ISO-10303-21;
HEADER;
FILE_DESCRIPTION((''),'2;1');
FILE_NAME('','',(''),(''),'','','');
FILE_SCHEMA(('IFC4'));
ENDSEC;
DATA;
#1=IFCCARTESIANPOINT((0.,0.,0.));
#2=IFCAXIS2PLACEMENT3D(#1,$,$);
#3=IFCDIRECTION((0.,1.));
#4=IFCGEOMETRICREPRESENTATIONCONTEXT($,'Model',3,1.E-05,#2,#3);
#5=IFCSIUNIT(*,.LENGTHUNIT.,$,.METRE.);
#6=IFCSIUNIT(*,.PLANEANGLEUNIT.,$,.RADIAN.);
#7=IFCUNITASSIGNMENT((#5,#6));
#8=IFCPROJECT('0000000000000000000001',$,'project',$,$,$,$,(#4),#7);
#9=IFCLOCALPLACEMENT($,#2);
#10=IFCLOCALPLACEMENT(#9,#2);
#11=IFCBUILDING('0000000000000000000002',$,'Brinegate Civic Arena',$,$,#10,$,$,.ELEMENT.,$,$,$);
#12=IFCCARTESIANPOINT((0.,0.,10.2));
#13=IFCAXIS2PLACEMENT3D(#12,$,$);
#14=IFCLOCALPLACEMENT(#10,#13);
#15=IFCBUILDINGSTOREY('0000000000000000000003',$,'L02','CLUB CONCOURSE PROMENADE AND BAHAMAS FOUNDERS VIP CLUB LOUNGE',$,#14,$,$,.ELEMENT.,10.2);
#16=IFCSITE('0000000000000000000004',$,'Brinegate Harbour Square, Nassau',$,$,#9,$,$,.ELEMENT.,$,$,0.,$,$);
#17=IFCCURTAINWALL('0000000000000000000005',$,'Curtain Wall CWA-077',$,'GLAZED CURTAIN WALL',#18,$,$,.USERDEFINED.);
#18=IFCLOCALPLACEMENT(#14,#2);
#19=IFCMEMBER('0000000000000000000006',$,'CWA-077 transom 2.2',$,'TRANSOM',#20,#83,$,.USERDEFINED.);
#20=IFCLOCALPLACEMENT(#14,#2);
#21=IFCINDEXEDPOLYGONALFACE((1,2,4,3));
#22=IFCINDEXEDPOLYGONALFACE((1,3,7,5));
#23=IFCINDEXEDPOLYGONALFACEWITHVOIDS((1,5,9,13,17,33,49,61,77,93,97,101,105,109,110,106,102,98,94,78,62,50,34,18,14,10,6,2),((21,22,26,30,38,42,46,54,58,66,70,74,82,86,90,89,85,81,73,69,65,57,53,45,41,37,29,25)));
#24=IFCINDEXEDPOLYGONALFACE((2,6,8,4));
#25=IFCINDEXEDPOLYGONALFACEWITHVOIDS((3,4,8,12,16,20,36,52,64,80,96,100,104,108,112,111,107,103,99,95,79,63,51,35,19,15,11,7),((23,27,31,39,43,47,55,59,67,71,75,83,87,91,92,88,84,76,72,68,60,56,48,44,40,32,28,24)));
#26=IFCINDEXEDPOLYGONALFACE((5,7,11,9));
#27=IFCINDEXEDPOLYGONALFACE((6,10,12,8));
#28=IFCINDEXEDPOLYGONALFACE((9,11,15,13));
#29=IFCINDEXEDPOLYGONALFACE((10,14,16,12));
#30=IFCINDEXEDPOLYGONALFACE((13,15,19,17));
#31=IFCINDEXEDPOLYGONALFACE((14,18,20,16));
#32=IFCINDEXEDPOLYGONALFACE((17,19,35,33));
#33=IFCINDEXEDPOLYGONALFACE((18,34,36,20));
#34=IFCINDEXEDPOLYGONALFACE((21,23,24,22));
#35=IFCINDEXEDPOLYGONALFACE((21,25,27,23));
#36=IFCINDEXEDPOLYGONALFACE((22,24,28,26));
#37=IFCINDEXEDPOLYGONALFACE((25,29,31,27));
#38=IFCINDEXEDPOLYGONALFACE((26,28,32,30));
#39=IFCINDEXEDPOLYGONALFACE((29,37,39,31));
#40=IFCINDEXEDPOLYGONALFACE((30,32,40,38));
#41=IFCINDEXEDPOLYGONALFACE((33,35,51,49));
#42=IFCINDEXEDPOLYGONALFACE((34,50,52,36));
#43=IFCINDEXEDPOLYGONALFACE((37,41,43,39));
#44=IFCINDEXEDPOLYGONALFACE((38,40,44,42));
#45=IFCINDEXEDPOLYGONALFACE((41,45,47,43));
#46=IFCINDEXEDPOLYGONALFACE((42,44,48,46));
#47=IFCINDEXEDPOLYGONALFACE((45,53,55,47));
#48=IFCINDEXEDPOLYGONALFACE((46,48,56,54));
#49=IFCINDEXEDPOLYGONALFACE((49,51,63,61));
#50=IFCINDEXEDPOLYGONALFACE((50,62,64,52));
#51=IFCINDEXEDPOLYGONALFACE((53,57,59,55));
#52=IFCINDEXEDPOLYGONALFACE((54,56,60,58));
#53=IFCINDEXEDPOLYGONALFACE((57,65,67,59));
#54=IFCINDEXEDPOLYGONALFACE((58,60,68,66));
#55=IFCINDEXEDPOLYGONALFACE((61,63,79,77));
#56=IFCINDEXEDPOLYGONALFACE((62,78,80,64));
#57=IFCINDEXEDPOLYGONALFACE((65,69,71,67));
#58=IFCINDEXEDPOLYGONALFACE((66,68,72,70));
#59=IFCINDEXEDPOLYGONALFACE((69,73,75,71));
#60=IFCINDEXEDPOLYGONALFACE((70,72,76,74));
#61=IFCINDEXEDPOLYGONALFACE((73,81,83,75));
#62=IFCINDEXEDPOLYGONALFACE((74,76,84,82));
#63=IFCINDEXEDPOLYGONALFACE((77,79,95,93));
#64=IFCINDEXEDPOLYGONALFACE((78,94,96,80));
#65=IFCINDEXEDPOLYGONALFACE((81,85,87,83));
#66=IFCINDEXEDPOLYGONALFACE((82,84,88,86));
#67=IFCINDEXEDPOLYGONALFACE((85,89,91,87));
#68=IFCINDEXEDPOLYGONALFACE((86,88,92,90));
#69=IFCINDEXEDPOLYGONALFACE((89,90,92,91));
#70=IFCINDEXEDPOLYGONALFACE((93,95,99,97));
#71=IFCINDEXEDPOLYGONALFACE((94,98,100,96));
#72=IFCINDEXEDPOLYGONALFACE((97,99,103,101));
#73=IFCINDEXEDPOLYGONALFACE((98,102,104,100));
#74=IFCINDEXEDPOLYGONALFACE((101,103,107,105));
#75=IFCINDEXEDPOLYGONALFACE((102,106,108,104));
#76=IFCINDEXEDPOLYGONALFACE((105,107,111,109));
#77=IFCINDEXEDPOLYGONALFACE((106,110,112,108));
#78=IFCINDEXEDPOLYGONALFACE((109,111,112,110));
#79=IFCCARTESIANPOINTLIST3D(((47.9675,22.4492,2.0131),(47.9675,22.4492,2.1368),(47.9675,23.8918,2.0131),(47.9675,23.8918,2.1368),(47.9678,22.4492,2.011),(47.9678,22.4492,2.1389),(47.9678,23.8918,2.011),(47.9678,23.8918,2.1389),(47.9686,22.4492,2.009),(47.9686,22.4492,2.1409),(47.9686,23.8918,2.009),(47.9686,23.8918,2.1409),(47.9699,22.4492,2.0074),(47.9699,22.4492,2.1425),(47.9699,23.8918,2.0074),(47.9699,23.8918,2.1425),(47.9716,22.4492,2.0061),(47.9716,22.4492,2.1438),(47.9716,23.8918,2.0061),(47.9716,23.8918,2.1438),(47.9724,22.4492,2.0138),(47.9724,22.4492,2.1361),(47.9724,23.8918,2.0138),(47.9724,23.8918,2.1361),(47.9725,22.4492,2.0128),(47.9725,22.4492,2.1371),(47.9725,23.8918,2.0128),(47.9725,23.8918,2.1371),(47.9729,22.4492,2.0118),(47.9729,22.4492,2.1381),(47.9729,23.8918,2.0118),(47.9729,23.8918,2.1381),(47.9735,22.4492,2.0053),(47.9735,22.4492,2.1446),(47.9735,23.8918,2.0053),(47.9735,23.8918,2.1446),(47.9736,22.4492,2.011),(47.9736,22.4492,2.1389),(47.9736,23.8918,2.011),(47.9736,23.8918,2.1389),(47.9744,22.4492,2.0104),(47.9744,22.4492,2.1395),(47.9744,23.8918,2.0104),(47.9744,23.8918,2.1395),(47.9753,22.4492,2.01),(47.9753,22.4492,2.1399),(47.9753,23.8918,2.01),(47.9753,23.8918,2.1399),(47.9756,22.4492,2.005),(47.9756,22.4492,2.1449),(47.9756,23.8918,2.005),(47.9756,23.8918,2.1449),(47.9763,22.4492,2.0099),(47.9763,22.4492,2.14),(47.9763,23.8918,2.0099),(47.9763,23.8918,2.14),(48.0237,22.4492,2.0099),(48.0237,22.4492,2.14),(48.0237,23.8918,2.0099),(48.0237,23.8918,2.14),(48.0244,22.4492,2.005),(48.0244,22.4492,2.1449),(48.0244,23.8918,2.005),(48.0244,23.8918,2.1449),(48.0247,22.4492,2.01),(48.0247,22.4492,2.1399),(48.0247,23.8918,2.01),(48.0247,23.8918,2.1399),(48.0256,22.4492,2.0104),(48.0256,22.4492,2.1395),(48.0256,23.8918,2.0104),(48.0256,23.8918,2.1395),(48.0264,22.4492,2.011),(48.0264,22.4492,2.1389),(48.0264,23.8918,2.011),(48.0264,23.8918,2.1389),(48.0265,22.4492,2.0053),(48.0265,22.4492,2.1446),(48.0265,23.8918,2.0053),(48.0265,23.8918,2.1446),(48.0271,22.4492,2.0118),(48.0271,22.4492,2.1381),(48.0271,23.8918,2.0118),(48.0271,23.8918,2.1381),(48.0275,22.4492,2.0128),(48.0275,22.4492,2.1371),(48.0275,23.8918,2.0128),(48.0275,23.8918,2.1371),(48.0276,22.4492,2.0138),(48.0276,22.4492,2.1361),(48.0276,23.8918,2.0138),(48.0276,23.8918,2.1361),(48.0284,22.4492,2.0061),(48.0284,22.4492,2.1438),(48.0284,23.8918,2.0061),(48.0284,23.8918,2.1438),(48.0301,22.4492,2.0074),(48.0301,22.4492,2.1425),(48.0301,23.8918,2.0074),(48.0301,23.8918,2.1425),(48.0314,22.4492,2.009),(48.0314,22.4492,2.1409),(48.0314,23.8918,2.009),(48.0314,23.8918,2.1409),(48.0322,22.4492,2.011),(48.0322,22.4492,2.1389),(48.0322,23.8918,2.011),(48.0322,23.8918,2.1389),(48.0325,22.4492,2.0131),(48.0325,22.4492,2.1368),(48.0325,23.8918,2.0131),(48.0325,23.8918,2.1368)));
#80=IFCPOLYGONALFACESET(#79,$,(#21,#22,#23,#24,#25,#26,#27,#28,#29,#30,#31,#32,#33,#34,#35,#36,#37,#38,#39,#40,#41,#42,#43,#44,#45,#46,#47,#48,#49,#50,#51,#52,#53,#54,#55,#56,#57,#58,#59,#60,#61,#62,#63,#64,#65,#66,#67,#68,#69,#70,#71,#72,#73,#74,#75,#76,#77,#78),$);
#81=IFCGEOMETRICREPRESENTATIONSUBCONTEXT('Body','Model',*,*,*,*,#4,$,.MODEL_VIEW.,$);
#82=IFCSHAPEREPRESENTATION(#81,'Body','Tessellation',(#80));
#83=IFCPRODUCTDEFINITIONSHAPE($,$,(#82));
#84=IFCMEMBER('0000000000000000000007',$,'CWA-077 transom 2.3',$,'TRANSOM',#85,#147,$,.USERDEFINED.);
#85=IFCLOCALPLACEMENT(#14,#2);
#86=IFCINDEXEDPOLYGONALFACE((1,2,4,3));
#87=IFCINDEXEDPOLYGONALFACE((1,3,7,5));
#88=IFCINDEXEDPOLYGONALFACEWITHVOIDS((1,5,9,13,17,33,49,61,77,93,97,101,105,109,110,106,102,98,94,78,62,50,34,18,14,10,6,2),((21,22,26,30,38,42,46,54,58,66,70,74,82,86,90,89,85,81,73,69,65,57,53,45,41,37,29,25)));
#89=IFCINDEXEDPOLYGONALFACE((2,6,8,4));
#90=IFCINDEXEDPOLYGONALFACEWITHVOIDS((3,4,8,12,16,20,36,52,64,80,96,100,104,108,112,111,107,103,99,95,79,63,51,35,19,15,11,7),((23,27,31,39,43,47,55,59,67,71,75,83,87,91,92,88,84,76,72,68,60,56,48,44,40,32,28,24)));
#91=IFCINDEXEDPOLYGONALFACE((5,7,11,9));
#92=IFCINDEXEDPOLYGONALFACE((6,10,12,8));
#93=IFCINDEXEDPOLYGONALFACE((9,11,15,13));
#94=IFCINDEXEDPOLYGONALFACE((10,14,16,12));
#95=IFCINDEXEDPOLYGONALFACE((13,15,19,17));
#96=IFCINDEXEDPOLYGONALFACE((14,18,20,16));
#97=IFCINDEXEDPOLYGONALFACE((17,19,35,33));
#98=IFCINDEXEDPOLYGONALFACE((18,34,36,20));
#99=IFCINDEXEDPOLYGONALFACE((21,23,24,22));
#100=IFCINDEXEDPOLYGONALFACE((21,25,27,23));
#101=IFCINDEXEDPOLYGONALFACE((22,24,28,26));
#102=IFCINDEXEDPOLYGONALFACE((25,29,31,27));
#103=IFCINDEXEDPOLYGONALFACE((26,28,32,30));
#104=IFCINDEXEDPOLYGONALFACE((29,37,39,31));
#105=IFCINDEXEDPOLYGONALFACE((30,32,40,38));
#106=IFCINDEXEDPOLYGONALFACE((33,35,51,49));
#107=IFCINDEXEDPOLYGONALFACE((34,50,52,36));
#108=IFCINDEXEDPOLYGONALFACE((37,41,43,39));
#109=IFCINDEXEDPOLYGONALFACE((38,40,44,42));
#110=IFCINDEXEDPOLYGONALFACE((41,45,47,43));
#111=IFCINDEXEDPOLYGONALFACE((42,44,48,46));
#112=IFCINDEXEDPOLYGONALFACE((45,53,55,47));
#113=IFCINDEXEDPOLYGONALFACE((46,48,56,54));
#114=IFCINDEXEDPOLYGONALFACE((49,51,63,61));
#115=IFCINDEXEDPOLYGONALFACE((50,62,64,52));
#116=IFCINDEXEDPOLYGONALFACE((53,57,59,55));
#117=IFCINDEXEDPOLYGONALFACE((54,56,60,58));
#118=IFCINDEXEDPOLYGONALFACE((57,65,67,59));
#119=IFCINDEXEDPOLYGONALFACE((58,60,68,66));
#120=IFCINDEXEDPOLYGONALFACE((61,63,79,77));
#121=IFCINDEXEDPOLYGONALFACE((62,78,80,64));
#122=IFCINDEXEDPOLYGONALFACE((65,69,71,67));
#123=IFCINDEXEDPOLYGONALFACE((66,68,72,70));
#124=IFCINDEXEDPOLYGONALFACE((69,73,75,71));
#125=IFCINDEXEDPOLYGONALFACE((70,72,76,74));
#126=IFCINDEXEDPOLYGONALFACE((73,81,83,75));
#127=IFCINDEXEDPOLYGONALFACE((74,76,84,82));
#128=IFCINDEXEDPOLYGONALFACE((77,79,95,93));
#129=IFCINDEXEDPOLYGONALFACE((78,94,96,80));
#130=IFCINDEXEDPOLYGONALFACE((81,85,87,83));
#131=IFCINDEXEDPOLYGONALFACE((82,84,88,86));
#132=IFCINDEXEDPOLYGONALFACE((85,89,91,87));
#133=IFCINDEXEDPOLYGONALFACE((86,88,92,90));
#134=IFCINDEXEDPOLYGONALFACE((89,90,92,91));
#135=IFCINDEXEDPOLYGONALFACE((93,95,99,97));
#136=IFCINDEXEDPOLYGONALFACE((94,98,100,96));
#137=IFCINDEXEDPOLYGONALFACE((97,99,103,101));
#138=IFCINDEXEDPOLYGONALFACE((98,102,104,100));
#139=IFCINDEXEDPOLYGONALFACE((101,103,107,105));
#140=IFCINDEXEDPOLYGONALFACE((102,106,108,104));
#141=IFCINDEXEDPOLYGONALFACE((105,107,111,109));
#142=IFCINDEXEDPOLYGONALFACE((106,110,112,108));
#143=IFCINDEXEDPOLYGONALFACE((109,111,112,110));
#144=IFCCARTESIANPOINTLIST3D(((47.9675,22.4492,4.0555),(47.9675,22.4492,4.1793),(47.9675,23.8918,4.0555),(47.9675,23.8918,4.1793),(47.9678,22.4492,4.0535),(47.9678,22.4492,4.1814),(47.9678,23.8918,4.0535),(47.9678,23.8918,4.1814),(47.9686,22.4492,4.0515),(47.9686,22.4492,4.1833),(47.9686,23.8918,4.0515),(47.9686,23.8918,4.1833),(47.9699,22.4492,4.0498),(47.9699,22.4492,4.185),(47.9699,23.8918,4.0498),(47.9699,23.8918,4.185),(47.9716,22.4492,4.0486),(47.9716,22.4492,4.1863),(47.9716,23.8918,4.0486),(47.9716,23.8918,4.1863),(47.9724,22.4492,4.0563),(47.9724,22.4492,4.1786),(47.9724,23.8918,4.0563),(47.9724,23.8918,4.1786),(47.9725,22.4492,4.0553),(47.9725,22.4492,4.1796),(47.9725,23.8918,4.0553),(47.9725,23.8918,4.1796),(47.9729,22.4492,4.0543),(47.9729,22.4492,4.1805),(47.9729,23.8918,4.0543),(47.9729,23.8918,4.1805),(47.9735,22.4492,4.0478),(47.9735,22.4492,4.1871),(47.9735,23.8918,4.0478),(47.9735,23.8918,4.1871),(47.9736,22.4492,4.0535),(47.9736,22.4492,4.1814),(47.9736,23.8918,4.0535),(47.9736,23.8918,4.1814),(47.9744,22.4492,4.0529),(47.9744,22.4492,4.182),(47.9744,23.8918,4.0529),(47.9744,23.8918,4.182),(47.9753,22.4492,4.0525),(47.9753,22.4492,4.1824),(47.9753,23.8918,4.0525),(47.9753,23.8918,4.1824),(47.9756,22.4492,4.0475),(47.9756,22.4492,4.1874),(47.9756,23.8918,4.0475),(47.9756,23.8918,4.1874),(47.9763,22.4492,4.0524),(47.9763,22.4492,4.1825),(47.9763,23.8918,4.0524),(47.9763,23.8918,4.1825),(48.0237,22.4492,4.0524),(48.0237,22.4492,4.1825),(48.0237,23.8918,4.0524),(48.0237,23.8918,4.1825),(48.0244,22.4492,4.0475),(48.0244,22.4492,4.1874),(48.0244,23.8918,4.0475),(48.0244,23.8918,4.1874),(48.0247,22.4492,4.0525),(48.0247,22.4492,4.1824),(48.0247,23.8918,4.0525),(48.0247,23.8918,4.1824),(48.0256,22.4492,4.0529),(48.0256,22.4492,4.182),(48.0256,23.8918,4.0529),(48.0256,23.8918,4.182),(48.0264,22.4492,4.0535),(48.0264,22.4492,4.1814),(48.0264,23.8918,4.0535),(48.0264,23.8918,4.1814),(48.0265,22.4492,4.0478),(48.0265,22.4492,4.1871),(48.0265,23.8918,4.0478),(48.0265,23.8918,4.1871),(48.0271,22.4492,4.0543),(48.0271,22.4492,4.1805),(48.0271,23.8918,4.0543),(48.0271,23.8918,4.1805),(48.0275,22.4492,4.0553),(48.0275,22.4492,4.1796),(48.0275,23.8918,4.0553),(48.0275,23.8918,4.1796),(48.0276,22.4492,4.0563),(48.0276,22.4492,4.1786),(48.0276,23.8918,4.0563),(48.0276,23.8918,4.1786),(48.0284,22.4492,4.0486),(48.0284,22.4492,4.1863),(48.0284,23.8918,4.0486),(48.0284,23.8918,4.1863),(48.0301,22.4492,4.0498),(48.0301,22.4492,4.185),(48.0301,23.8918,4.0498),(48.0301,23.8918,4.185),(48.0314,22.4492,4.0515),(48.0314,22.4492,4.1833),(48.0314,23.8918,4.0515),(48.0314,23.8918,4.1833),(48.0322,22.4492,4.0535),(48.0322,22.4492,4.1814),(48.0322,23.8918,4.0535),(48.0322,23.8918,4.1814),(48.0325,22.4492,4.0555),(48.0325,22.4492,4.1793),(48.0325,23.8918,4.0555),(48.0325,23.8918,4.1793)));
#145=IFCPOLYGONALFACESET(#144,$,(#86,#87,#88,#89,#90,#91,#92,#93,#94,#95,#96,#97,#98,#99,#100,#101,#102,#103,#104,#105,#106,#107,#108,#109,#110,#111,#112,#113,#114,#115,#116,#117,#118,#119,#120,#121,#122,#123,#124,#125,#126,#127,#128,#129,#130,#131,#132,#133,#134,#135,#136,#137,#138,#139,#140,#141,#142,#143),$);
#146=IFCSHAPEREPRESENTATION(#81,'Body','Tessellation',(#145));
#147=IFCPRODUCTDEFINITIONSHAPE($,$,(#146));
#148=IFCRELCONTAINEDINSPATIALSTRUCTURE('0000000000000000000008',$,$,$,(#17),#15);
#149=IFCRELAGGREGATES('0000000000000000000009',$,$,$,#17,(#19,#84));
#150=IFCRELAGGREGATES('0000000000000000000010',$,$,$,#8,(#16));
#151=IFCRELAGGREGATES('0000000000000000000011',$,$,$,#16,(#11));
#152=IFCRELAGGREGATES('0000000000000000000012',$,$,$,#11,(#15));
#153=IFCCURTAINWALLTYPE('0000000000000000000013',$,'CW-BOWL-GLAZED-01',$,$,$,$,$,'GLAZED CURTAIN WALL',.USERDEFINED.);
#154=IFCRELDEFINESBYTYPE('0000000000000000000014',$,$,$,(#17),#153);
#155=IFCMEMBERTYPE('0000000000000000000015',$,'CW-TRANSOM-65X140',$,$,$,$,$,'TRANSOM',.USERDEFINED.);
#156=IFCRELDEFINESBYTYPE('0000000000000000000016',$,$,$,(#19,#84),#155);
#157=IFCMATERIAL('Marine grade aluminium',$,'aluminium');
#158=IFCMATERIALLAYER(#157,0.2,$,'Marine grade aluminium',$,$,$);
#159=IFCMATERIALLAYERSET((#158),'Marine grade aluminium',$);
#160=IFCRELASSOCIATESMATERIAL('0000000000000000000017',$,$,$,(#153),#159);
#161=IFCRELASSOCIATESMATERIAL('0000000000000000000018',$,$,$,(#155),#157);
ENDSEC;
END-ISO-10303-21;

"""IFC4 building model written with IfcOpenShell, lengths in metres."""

from ifc_helpers import new_model, si_unit, direction, frame, origin, origin_2d, place, context, subcontext, project, spatial, hollow_rectangle, extrude, material, layer, layer_set, material_profile, profile_set, type_object, element, aggregate, save


model = new_model("IFC4")

# Units and contexts
model_context = context("Model", 3, precision=1e-05, world=origin(), true_north=direction((0.0, 1.0)))
body_context = subcontext(model_context, "Body", "Model", "MODEL_VIEW")
ifc_project = project(units=[si_unit("LENGTHUNIT", "METRE"), si_unit("PLANEANGLEUNIT", "RADIAN")], contexts=[model_context])

# Site, building, storey
site_placement = place(None, origin())
site = spatial("IfcSite", under=ifc_project, at=site_placement, Name="Brinegate Harbour Square, Nassau", CompositionType="ELEMENT", RefElevation=0.0)
building_placement = place(site_placement, origin())
building = spatial("IfcBuilding", under=site, at=building_placement, Name="Brinegate Civic Arena", CompositionType="ELEMENT")
storey_placement = place(building_placement, frame((0.0, 0.0, 10.2)))
storey = spatial("IfcBuildingStorey", under=building, at=storey_placement, Name="L02", Description="CLUB CONCOURSE PROMENADE AND BAHAMAS FOUNDERS VIP CLUB LOUNGE", CompositionType="ELEMENT", Elevation=10.2)

# Curtain wall
ifc_material_1 = material(Name="Marine grade aluminium", Category="aluminium")
ifc_layer_1 = layer(ifc_material_1, 0.2, Name="Marine grade aluminium")
ifc_layer_set_1 = layer_set([ifc_layer_1], Name="Marine grade aluminium")
curtain_wall_type = type_object("IfcCurtainWallType", Name="CW-BOWL-GLAZED-01", ElementType="GLAZED CURTAIN WALL", PredefinedType="USERDEFINED", material=ifc_layer_set_1)
curtain_wall_1_placement = place(storey_placement, origin())
curtain_wall_1 = element("IfcCurtainWall", 1, at=curtain_wall_1_placement, inside=storey, type_object=curtain_wall_type, Name="Curtain Wall CWA-077", ObjectType="GLAZED CURTAIN WALL", PredefinedType="USERDEFINED")

# Members
ifc_material_profile_1 = material_profile(ifc_material_1, hollow_rectangle(XDim=0.0649, YDim=0.1399, WallThickness=0.0049, InnerFilletRadius=0.0039, OuterFilletRadius=0.0081, at=origin_2d()), Name="TRN65X140")
ifc_profile_set_1 = profile_set([ifc_material_profile_1], Name="Marine grade aluminium")
member_type_1 = type_object("IfcMemberType", Name="CW-TRANSOM-65X140", ElementType="TRANSOM", PredefinedType="USERDEFINED", material=ifc_profile_set_1)
member_1_placement = place(storey_placement, frame((48.0, 22.4492, 2.075), z_axis=(0.0, 1.0, 0.0), x_axis=(-1.0, 0.0, 0.0)))
member_1 = element("IfcMember", 2, at=member_1_placement, type_object=member_type_1, Name="CWA-077 transom 2.2", ObjectType="TRANSOM", PredefinedType="USERDEFINED", context=body_context, shape_type="SweptSolid", body=[
    extrude(hollow_rectangle(XDim=0.0649, YDim=0.1399, WallThickness=0.0049, InnerFilletRadius=0.0039, OuterFilletRadius=0.0081, at=origin_2d()), origin(), (0.0, 0.0, 1.0), 1.4426),
])
member_2_placement = place(storey_placement, frame((48.0, 22.4492, 4.1174), z_axis=(0.0, 1.0, 0.0), x_axis=(-1.0, 0.0, 0.0)))
member_2 = element("IfcMember", 3, at=member_2_placement, type_object=member_type_1, Name="CWA-077 transom 2.3", ObjectType="TRANSOM", PredefinedType="USERDEFINED", context=body_context, shape_type="SweptSolid", body=[
    extrude(hollow_rectangle(XDim=0.0649, YDim=0.1399, WallThickness=0.0049, InnerFilletRadius=0.0039, OuterFilletRadius=0.0081, at=origin_2d()), origin(), (0.0, 0.0, 1.0), 1.4426),
])

aggregate(curtain_wall_1, [member_1, member_2])

save(model, "model.ifc")
